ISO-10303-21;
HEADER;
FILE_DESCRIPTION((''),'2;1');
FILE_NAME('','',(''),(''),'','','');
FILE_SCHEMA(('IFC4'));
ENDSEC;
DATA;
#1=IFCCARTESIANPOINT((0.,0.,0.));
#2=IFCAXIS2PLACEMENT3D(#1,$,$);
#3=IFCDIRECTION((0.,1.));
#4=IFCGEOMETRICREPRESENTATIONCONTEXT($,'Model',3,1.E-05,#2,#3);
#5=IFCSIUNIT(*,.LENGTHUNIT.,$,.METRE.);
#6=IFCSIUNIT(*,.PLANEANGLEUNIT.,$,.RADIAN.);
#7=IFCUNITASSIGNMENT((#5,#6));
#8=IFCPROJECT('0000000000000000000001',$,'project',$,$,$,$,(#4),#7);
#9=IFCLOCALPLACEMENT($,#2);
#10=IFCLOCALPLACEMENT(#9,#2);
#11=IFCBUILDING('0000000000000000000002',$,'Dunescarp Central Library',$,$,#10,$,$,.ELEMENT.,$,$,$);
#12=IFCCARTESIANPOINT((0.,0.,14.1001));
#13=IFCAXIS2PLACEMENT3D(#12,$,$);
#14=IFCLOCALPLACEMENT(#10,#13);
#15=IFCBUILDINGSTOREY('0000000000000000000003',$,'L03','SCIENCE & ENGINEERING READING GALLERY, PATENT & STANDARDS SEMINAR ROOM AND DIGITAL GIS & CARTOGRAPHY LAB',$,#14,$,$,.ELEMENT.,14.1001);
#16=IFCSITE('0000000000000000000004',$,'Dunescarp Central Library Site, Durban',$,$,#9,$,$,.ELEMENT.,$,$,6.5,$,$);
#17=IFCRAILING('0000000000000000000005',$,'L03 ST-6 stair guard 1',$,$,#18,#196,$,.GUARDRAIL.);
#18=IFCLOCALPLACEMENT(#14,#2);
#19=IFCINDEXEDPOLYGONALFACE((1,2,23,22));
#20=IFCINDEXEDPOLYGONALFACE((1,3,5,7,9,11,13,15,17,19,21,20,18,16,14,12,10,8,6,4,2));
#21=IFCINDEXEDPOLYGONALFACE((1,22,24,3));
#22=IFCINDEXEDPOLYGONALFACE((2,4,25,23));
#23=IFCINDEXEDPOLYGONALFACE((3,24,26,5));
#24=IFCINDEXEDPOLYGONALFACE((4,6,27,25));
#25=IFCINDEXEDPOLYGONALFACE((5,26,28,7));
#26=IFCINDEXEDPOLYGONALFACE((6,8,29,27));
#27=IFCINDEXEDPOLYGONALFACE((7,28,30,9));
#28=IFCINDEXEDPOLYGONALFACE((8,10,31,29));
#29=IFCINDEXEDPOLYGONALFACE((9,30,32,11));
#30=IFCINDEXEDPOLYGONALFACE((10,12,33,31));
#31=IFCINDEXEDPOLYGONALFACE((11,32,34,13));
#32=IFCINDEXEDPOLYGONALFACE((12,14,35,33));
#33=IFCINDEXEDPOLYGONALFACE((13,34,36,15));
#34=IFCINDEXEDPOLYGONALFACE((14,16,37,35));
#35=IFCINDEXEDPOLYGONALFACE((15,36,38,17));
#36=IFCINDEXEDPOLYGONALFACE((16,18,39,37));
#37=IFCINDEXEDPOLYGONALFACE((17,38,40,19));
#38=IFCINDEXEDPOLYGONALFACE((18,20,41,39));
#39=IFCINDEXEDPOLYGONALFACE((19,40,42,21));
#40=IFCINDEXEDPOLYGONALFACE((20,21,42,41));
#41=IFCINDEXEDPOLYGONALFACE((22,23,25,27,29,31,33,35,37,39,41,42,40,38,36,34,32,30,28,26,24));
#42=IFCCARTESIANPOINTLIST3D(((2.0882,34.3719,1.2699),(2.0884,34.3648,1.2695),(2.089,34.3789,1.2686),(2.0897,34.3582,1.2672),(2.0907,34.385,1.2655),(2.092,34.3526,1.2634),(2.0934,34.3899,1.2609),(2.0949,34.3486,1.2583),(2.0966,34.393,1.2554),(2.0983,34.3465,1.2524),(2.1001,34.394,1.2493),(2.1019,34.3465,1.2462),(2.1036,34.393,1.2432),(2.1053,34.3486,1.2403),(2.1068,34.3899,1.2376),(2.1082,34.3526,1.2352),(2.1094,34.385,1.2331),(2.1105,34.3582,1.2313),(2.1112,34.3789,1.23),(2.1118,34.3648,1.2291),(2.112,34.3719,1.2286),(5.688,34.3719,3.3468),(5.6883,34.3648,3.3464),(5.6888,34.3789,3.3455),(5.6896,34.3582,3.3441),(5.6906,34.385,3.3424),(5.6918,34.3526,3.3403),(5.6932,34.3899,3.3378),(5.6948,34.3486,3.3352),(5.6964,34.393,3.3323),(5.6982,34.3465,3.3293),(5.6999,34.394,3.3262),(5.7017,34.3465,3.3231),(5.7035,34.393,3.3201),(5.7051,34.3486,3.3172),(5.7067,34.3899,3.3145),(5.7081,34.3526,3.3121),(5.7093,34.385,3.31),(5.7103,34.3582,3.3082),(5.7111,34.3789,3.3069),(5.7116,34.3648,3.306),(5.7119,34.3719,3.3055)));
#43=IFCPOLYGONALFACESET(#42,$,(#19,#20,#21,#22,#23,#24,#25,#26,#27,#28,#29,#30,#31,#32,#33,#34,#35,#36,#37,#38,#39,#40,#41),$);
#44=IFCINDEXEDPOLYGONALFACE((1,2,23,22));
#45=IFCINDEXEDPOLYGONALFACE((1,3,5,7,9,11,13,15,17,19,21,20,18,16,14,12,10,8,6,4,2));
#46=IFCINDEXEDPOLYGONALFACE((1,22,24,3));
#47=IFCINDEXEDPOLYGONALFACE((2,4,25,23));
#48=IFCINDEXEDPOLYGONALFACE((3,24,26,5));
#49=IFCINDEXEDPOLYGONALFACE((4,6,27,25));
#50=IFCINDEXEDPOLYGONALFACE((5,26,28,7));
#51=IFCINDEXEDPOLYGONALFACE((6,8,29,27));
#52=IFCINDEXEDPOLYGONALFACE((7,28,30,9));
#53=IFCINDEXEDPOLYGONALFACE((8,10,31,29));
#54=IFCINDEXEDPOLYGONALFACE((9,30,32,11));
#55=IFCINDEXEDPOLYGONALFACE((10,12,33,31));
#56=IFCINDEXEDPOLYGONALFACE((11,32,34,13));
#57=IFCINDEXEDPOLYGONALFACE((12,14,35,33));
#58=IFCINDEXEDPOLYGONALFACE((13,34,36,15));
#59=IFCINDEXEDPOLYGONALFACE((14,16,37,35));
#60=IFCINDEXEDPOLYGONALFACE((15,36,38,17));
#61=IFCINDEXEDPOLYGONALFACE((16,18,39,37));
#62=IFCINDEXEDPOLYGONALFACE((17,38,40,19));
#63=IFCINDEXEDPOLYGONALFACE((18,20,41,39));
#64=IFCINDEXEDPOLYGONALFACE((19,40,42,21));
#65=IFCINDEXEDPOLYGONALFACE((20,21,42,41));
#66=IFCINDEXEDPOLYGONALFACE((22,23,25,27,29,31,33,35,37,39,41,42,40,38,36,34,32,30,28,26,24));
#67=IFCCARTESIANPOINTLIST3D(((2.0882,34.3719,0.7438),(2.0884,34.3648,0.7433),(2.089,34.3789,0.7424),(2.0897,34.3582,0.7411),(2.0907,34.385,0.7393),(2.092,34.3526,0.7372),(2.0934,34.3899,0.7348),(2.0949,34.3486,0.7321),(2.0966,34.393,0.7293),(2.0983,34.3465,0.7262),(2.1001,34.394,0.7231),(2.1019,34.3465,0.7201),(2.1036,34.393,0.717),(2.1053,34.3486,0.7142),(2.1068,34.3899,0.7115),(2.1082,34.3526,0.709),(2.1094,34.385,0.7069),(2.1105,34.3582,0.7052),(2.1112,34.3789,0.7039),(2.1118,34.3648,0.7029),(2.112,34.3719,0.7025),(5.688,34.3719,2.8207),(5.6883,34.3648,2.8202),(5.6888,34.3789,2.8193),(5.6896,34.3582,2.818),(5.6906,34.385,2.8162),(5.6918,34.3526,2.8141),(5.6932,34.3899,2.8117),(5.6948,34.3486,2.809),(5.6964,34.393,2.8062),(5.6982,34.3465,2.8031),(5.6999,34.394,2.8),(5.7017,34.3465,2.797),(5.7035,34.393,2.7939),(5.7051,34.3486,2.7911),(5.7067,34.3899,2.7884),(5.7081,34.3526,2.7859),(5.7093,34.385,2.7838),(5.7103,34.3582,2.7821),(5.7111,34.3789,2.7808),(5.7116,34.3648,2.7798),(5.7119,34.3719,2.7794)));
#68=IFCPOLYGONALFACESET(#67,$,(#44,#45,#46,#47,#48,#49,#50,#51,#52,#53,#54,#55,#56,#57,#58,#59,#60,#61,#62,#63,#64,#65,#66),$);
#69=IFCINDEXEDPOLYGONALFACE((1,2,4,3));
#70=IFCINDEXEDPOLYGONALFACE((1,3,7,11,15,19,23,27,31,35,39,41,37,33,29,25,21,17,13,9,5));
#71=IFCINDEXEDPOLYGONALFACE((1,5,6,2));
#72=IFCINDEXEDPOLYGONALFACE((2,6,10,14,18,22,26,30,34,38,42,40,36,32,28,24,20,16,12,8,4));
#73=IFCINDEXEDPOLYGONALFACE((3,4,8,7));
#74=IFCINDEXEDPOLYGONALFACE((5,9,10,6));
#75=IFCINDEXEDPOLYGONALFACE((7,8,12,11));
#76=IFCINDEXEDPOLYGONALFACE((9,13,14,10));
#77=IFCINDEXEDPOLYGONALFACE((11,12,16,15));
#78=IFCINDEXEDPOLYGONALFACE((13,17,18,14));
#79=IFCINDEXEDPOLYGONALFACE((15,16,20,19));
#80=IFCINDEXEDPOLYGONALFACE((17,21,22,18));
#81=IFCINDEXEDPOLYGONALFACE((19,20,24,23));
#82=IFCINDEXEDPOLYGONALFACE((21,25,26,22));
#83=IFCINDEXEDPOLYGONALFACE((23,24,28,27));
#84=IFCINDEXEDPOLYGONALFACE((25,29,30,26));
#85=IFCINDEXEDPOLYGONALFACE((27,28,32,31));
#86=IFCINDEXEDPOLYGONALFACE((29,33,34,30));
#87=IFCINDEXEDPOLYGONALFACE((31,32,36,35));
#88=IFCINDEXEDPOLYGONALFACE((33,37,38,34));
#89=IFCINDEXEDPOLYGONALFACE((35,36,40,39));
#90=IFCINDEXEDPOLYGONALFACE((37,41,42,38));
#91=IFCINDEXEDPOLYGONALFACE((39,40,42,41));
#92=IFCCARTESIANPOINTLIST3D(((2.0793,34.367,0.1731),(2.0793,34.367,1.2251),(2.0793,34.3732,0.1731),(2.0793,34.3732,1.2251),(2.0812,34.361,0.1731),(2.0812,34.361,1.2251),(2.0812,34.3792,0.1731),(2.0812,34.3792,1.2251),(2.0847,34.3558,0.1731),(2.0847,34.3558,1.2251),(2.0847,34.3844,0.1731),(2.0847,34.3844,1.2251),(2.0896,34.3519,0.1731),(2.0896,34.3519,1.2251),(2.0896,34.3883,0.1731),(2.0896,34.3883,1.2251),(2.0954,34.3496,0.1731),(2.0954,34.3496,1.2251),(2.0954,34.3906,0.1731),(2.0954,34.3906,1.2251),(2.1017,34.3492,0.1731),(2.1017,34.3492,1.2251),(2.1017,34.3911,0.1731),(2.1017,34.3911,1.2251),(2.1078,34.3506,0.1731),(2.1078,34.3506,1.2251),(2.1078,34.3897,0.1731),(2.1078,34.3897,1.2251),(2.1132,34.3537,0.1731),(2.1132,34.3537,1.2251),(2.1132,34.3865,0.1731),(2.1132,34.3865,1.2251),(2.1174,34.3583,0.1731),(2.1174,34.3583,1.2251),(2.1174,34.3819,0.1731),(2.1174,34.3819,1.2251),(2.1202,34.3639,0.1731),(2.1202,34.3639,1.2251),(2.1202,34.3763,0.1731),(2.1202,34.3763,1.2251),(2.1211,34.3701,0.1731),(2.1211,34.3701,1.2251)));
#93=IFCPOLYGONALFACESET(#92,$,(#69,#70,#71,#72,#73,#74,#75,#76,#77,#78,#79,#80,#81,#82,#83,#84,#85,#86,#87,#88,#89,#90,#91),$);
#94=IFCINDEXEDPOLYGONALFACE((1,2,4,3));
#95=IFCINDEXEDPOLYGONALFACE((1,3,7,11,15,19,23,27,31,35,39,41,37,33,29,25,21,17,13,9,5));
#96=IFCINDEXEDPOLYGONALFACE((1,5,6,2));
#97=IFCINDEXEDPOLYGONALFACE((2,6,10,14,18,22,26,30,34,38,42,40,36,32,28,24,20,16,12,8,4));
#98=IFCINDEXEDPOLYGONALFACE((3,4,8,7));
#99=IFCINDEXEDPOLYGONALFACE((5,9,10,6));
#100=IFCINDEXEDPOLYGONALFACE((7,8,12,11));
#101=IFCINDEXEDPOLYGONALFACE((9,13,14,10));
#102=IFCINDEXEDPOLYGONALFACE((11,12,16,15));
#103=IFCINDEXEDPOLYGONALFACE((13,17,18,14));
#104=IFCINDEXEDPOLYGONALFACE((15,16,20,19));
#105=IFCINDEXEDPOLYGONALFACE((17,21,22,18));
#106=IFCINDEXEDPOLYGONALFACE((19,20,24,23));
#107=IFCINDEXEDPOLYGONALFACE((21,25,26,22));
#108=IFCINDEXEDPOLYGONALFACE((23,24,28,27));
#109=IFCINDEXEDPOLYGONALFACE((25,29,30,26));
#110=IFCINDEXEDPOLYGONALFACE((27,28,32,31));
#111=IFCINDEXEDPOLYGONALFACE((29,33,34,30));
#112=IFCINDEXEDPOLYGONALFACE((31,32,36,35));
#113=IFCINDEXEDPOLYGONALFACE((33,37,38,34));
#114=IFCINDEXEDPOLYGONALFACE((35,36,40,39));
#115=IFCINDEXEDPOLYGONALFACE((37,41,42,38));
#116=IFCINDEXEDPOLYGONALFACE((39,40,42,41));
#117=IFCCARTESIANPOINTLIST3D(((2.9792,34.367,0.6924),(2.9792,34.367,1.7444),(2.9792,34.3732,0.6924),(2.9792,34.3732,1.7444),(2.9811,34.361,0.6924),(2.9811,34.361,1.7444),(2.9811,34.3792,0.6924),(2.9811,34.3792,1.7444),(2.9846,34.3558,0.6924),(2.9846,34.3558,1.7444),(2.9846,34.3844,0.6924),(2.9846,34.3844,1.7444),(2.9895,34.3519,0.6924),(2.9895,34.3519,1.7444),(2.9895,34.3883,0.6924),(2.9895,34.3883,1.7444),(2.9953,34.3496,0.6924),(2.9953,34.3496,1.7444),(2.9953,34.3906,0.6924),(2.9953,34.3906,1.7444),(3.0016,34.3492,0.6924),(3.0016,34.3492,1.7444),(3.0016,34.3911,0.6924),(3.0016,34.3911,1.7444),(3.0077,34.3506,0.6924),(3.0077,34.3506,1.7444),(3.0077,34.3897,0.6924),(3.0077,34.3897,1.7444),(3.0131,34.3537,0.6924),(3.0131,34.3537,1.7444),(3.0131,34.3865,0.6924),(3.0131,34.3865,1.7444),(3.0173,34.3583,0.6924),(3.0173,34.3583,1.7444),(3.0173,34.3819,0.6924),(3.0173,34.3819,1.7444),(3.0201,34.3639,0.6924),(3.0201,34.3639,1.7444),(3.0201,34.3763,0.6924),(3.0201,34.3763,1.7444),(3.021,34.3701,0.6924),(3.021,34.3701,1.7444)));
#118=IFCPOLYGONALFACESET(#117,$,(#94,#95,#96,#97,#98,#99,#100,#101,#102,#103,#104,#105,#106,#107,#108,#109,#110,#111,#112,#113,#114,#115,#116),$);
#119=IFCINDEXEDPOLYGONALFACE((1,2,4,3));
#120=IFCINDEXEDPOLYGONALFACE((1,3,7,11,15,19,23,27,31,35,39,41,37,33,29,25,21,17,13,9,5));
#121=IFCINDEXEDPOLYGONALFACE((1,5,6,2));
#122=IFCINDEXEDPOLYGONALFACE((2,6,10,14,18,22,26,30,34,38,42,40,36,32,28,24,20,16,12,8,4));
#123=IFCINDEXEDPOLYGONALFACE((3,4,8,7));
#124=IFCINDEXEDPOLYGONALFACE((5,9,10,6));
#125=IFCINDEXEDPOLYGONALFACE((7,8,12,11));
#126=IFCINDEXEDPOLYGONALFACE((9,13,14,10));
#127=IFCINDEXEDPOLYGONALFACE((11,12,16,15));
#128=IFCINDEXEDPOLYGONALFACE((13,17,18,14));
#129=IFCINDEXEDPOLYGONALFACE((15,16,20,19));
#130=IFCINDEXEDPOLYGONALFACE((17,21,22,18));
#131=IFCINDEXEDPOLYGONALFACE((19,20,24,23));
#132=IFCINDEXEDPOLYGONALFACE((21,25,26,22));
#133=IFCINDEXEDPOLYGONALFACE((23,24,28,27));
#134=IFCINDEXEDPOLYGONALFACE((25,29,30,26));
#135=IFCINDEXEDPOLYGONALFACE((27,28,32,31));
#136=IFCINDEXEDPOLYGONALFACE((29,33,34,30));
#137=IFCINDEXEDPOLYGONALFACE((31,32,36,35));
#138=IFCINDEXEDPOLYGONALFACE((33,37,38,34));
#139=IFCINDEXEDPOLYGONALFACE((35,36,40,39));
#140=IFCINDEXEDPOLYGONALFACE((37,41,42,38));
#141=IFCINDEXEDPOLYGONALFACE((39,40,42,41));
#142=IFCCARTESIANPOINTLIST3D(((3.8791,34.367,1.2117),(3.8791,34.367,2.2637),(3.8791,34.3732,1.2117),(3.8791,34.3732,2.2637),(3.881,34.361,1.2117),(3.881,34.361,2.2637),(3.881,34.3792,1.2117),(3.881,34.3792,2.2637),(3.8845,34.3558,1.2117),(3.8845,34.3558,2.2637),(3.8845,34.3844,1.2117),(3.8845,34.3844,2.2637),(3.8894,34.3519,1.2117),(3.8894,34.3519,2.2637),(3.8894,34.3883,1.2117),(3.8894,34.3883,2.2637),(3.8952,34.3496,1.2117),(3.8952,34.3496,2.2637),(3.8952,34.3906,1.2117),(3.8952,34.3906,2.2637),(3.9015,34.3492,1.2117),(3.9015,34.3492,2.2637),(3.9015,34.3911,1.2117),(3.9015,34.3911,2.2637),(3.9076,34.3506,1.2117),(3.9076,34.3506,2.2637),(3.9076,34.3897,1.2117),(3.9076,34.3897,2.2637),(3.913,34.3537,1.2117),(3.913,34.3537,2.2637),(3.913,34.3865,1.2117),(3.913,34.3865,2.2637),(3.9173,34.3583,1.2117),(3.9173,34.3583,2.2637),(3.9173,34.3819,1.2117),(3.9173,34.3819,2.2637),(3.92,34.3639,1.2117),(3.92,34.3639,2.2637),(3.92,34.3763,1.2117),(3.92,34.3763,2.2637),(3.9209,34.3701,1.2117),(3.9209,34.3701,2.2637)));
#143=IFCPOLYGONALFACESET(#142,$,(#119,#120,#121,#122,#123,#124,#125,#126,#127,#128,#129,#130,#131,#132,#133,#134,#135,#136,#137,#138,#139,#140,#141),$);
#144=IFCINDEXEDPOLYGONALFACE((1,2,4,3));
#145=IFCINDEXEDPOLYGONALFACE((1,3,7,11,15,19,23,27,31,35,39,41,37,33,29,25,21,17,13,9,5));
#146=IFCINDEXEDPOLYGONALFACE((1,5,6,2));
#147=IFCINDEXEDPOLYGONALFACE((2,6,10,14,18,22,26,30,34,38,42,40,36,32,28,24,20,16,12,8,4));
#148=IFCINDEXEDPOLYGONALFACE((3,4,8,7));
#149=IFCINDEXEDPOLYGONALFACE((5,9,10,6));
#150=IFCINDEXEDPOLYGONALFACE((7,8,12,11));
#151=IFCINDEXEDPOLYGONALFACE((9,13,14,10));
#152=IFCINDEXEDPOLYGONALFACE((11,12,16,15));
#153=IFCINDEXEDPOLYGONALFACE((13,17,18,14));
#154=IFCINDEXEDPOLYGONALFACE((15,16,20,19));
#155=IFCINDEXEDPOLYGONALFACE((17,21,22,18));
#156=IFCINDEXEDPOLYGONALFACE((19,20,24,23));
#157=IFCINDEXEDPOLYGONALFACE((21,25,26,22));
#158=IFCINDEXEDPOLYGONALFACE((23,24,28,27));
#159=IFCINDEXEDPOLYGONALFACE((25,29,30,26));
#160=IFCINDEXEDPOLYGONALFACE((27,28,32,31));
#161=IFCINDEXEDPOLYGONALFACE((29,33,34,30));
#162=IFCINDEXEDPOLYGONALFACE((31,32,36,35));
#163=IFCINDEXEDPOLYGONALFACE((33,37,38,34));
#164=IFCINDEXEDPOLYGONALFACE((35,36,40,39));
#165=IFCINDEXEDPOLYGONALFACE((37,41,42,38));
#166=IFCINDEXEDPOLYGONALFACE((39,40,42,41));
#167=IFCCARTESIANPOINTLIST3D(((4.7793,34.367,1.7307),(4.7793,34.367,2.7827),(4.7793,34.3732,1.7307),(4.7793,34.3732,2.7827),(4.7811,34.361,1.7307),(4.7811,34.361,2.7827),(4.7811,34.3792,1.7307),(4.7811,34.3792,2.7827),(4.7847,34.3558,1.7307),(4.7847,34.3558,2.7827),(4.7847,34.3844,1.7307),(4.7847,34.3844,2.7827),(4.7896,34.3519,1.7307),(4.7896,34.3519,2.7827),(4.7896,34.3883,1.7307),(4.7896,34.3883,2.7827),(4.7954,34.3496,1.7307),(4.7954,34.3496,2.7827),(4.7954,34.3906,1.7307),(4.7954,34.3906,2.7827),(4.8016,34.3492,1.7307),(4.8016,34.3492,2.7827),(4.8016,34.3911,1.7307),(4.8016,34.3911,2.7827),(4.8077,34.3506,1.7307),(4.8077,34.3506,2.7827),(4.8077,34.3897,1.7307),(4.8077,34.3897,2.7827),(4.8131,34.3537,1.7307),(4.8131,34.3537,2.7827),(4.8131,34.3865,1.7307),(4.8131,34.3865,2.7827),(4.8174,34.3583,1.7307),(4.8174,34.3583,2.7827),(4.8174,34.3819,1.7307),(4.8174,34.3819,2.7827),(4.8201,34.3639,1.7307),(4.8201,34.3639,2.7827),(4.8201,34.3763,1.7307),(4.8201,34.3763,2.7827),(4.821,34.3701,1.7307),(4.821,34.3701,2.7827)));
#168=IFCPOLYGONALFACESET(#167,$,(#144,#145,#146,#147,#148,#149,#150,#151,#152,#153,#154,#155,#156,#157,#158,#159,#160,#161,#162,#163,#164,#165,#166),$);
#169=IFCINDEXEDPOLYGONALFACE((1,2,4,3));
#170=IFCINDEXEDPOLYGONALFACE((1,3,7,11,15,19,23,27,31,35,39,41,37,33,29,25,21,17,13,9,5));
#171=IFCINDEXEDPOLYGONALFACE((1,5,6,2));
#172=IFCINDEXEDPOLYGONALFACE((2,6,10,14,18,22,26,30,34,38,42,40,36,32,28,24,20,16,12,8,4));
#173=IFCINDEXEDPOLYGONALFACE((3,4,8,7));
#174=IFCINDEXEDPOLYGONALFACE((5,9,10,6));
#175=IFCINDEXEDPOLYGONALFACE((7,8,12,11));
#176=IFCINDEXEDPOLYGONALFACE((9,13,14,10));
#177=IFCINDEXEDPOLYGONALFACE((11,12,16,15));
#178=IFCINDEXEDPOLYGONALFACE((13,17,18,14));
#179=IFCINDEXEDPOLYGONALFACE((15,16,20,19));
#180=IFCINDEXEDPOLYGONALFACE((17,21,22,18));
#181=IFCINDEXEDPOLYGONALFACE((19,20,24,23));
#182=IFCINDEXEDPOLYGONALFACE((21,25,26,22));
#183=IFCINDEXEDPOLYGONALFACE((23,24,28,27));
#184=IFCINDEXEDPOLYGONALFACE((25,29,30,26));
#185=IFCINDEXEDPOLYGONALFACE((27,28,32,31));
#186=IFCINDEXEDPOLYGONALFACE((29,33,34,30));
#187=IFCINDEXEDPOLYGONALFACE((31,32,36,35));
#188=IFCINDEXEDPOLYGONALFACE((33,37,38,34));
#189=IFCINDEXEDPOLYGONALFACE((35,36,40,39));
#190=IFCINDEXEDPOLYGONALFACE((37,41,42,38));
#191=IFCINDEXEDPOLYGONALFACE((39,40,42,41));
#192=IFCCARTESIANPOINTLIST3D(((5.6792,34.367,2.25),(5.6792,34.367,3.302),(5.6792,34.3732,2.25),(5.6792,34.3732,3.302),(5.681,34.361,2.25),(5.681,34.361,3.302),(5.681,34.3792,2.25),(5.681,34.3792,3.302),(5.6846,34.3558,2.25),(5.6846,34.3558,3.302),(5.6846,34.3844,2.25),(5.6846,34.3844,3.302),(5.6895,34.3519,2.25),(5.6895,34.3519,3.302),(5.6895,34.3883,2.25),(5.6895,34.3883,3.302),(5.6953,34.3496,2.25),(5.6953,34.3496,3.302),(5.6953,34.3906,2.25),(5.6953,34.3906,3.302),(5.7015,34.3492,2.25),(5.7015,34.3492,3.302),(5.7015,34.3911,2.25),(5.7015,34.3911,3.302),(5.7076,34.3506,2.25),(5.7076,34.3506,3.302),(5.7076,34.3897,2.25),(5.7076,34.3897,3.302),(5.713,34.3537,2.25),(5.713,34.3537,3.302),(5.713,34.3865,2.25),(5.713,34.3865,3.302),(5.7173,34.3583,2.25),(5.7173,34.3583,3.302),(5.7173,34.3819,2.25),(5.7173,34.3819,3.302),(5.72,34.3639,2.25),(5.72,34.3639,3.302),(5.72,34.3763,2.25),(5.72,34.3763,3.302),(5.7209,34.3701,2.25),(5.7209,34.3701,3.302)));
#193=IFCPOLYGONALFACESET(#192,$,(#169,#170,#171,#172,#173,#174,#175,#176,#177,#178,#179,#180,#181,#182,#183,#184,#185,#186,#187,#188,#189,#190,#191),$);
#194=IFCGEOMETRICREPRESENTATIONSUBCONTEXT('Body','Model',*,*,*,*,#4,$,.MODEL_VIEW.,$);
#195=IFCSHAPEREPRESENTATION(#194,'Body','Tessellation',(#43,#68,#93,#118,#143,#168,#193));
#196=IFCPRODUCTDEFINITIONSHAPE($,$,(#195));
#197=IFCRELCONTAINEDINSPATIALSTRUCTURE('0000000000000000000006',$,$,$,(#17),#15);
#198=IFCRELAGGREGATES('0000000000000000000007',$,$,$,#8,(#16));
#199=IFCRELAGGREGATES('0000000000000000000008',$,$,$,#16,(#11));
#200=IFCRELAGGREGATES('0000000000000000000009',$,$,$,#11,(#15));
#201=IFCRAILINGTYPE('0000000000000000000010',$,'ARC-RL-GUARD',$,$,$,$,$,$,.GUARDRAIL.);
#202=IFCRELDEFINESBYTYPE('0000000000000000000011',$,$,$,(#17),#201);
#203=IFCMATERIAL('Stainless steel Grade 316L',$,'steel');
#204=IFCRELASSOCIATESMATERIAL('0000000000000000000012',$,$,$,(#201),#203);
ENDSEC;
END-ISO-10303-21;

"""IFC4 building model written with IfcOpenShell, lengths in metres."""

from ifc_helpers import new_model, si_unit, direction, frame, origin, origin_2d, place, context, subcontext, project, spatial, circle, extrude, material, type_object, element, save


model = new_model("IFC4")

# Units and contexts
model_context = context("Model", 3, precision=1e-05, world=origin(), true_north=direction((0.0, 1.0)))
body_context = subcontext(model_context, "Body", "Model", "MODEL_VIEW")
ifc_project = project(units=[si_unit("LENGTHUNIT", "METRE"), si_unit("PLANEANGLEUNIT", "RADIAN")], contexts=[model_context])

# Site, building, storey
site_placement = place(None, origin())
site = spatial("IfcSite", under=ifc_project, at=site_placement, Name="Dunescarp Central Library Site, Durban", CompositionType="ELEMENT", RefElevation=6.5)
building_placement = place(site_placement, origin())
building = spatial("IfcBuilding", under=site, at=building_placement, Name="Dunescarp Central Library", CompositionType="ELEMENT")
storey_placement = place(building_placement, frame((0.0, 0.0, 14.1001)))
storey = spatial("IfcBuildingStorey", under=building, at=storey_placement, Name="L03", Description="SCIENCE & ENGINEERING READING GALLERY, PATENT & STANDARDS SEMINAR ROOM AND DIGITAL GIS & CARTOGRAPHY LAB", CompositionType="ELEMENT", Elevation=14.1001)

# Railing
ifc_material_1 = material(Name="Stainless steel Grade 316L", Category="steel")
railing_type_1 = type_object("IfcRailingType", Name="ARC-RL-GUARD", PredefinedType="GUARDRAIL", material=ifc_material_1)
railing_1_placement = place(storey_placement, frame((2.1001, 34.3701, 0.1731)))
element("IfcRailing", 1, at=railing_1_placement, inside=storey, type_object=railing_type_1, Name="L03 ST-6 stair guard 1", PredefinedType="GUARDRAIL", context=body_context, shape_type="SweptSolid", body=[
    extrude(circle(Radius=0.0239, at=origin_2d()), frame((0.0, 0.0, 1.0762), z_axis=(0.866179, 0.0, 0.499734), x_axis=(0.0, 1.0, 0.0)), (0.0, 0.0, 1.0), 4.156),
    extrude(circle(Radius=0.0239, at=origin_2d()), frame((0.0, 0.0, 0.55), z_axis=(0.866179, 0.0, 0.499734), x_axis=(0.0, 1.0, 0.0)), (0.0, 0.0, 1.0), 4.156),
    extrude(circle(Radius=0.021, at=origin_2d()), origin(), (0.0, 0.0, 1.0), 1.052),
    extrude(circle(Radius=0.021, at=origin_2d()), frame((0.8999, 0.0, 0.5193)), (0.0, 0.0, 1.0), 1.052),
    extrude(circle(Radius=0.021, at=origin_2d()), frame((1.7998, 0.0, 1.0386)), (0.0, 0.0, 1.0), 1.052),
    extrude(circle(Radius=0.021, at=origin_2d()), frame((2.7, 0.0, 1.5576)), (0.0, 0.0, 1.0), 1.052),
    extrude(circle(Radius=0.021, at=origin_2d()), frame((3.5999, 0.0, 2.0769)), (0.0, 0.0, 1.0), 1.052),
])

save(model, "model.ifc")
